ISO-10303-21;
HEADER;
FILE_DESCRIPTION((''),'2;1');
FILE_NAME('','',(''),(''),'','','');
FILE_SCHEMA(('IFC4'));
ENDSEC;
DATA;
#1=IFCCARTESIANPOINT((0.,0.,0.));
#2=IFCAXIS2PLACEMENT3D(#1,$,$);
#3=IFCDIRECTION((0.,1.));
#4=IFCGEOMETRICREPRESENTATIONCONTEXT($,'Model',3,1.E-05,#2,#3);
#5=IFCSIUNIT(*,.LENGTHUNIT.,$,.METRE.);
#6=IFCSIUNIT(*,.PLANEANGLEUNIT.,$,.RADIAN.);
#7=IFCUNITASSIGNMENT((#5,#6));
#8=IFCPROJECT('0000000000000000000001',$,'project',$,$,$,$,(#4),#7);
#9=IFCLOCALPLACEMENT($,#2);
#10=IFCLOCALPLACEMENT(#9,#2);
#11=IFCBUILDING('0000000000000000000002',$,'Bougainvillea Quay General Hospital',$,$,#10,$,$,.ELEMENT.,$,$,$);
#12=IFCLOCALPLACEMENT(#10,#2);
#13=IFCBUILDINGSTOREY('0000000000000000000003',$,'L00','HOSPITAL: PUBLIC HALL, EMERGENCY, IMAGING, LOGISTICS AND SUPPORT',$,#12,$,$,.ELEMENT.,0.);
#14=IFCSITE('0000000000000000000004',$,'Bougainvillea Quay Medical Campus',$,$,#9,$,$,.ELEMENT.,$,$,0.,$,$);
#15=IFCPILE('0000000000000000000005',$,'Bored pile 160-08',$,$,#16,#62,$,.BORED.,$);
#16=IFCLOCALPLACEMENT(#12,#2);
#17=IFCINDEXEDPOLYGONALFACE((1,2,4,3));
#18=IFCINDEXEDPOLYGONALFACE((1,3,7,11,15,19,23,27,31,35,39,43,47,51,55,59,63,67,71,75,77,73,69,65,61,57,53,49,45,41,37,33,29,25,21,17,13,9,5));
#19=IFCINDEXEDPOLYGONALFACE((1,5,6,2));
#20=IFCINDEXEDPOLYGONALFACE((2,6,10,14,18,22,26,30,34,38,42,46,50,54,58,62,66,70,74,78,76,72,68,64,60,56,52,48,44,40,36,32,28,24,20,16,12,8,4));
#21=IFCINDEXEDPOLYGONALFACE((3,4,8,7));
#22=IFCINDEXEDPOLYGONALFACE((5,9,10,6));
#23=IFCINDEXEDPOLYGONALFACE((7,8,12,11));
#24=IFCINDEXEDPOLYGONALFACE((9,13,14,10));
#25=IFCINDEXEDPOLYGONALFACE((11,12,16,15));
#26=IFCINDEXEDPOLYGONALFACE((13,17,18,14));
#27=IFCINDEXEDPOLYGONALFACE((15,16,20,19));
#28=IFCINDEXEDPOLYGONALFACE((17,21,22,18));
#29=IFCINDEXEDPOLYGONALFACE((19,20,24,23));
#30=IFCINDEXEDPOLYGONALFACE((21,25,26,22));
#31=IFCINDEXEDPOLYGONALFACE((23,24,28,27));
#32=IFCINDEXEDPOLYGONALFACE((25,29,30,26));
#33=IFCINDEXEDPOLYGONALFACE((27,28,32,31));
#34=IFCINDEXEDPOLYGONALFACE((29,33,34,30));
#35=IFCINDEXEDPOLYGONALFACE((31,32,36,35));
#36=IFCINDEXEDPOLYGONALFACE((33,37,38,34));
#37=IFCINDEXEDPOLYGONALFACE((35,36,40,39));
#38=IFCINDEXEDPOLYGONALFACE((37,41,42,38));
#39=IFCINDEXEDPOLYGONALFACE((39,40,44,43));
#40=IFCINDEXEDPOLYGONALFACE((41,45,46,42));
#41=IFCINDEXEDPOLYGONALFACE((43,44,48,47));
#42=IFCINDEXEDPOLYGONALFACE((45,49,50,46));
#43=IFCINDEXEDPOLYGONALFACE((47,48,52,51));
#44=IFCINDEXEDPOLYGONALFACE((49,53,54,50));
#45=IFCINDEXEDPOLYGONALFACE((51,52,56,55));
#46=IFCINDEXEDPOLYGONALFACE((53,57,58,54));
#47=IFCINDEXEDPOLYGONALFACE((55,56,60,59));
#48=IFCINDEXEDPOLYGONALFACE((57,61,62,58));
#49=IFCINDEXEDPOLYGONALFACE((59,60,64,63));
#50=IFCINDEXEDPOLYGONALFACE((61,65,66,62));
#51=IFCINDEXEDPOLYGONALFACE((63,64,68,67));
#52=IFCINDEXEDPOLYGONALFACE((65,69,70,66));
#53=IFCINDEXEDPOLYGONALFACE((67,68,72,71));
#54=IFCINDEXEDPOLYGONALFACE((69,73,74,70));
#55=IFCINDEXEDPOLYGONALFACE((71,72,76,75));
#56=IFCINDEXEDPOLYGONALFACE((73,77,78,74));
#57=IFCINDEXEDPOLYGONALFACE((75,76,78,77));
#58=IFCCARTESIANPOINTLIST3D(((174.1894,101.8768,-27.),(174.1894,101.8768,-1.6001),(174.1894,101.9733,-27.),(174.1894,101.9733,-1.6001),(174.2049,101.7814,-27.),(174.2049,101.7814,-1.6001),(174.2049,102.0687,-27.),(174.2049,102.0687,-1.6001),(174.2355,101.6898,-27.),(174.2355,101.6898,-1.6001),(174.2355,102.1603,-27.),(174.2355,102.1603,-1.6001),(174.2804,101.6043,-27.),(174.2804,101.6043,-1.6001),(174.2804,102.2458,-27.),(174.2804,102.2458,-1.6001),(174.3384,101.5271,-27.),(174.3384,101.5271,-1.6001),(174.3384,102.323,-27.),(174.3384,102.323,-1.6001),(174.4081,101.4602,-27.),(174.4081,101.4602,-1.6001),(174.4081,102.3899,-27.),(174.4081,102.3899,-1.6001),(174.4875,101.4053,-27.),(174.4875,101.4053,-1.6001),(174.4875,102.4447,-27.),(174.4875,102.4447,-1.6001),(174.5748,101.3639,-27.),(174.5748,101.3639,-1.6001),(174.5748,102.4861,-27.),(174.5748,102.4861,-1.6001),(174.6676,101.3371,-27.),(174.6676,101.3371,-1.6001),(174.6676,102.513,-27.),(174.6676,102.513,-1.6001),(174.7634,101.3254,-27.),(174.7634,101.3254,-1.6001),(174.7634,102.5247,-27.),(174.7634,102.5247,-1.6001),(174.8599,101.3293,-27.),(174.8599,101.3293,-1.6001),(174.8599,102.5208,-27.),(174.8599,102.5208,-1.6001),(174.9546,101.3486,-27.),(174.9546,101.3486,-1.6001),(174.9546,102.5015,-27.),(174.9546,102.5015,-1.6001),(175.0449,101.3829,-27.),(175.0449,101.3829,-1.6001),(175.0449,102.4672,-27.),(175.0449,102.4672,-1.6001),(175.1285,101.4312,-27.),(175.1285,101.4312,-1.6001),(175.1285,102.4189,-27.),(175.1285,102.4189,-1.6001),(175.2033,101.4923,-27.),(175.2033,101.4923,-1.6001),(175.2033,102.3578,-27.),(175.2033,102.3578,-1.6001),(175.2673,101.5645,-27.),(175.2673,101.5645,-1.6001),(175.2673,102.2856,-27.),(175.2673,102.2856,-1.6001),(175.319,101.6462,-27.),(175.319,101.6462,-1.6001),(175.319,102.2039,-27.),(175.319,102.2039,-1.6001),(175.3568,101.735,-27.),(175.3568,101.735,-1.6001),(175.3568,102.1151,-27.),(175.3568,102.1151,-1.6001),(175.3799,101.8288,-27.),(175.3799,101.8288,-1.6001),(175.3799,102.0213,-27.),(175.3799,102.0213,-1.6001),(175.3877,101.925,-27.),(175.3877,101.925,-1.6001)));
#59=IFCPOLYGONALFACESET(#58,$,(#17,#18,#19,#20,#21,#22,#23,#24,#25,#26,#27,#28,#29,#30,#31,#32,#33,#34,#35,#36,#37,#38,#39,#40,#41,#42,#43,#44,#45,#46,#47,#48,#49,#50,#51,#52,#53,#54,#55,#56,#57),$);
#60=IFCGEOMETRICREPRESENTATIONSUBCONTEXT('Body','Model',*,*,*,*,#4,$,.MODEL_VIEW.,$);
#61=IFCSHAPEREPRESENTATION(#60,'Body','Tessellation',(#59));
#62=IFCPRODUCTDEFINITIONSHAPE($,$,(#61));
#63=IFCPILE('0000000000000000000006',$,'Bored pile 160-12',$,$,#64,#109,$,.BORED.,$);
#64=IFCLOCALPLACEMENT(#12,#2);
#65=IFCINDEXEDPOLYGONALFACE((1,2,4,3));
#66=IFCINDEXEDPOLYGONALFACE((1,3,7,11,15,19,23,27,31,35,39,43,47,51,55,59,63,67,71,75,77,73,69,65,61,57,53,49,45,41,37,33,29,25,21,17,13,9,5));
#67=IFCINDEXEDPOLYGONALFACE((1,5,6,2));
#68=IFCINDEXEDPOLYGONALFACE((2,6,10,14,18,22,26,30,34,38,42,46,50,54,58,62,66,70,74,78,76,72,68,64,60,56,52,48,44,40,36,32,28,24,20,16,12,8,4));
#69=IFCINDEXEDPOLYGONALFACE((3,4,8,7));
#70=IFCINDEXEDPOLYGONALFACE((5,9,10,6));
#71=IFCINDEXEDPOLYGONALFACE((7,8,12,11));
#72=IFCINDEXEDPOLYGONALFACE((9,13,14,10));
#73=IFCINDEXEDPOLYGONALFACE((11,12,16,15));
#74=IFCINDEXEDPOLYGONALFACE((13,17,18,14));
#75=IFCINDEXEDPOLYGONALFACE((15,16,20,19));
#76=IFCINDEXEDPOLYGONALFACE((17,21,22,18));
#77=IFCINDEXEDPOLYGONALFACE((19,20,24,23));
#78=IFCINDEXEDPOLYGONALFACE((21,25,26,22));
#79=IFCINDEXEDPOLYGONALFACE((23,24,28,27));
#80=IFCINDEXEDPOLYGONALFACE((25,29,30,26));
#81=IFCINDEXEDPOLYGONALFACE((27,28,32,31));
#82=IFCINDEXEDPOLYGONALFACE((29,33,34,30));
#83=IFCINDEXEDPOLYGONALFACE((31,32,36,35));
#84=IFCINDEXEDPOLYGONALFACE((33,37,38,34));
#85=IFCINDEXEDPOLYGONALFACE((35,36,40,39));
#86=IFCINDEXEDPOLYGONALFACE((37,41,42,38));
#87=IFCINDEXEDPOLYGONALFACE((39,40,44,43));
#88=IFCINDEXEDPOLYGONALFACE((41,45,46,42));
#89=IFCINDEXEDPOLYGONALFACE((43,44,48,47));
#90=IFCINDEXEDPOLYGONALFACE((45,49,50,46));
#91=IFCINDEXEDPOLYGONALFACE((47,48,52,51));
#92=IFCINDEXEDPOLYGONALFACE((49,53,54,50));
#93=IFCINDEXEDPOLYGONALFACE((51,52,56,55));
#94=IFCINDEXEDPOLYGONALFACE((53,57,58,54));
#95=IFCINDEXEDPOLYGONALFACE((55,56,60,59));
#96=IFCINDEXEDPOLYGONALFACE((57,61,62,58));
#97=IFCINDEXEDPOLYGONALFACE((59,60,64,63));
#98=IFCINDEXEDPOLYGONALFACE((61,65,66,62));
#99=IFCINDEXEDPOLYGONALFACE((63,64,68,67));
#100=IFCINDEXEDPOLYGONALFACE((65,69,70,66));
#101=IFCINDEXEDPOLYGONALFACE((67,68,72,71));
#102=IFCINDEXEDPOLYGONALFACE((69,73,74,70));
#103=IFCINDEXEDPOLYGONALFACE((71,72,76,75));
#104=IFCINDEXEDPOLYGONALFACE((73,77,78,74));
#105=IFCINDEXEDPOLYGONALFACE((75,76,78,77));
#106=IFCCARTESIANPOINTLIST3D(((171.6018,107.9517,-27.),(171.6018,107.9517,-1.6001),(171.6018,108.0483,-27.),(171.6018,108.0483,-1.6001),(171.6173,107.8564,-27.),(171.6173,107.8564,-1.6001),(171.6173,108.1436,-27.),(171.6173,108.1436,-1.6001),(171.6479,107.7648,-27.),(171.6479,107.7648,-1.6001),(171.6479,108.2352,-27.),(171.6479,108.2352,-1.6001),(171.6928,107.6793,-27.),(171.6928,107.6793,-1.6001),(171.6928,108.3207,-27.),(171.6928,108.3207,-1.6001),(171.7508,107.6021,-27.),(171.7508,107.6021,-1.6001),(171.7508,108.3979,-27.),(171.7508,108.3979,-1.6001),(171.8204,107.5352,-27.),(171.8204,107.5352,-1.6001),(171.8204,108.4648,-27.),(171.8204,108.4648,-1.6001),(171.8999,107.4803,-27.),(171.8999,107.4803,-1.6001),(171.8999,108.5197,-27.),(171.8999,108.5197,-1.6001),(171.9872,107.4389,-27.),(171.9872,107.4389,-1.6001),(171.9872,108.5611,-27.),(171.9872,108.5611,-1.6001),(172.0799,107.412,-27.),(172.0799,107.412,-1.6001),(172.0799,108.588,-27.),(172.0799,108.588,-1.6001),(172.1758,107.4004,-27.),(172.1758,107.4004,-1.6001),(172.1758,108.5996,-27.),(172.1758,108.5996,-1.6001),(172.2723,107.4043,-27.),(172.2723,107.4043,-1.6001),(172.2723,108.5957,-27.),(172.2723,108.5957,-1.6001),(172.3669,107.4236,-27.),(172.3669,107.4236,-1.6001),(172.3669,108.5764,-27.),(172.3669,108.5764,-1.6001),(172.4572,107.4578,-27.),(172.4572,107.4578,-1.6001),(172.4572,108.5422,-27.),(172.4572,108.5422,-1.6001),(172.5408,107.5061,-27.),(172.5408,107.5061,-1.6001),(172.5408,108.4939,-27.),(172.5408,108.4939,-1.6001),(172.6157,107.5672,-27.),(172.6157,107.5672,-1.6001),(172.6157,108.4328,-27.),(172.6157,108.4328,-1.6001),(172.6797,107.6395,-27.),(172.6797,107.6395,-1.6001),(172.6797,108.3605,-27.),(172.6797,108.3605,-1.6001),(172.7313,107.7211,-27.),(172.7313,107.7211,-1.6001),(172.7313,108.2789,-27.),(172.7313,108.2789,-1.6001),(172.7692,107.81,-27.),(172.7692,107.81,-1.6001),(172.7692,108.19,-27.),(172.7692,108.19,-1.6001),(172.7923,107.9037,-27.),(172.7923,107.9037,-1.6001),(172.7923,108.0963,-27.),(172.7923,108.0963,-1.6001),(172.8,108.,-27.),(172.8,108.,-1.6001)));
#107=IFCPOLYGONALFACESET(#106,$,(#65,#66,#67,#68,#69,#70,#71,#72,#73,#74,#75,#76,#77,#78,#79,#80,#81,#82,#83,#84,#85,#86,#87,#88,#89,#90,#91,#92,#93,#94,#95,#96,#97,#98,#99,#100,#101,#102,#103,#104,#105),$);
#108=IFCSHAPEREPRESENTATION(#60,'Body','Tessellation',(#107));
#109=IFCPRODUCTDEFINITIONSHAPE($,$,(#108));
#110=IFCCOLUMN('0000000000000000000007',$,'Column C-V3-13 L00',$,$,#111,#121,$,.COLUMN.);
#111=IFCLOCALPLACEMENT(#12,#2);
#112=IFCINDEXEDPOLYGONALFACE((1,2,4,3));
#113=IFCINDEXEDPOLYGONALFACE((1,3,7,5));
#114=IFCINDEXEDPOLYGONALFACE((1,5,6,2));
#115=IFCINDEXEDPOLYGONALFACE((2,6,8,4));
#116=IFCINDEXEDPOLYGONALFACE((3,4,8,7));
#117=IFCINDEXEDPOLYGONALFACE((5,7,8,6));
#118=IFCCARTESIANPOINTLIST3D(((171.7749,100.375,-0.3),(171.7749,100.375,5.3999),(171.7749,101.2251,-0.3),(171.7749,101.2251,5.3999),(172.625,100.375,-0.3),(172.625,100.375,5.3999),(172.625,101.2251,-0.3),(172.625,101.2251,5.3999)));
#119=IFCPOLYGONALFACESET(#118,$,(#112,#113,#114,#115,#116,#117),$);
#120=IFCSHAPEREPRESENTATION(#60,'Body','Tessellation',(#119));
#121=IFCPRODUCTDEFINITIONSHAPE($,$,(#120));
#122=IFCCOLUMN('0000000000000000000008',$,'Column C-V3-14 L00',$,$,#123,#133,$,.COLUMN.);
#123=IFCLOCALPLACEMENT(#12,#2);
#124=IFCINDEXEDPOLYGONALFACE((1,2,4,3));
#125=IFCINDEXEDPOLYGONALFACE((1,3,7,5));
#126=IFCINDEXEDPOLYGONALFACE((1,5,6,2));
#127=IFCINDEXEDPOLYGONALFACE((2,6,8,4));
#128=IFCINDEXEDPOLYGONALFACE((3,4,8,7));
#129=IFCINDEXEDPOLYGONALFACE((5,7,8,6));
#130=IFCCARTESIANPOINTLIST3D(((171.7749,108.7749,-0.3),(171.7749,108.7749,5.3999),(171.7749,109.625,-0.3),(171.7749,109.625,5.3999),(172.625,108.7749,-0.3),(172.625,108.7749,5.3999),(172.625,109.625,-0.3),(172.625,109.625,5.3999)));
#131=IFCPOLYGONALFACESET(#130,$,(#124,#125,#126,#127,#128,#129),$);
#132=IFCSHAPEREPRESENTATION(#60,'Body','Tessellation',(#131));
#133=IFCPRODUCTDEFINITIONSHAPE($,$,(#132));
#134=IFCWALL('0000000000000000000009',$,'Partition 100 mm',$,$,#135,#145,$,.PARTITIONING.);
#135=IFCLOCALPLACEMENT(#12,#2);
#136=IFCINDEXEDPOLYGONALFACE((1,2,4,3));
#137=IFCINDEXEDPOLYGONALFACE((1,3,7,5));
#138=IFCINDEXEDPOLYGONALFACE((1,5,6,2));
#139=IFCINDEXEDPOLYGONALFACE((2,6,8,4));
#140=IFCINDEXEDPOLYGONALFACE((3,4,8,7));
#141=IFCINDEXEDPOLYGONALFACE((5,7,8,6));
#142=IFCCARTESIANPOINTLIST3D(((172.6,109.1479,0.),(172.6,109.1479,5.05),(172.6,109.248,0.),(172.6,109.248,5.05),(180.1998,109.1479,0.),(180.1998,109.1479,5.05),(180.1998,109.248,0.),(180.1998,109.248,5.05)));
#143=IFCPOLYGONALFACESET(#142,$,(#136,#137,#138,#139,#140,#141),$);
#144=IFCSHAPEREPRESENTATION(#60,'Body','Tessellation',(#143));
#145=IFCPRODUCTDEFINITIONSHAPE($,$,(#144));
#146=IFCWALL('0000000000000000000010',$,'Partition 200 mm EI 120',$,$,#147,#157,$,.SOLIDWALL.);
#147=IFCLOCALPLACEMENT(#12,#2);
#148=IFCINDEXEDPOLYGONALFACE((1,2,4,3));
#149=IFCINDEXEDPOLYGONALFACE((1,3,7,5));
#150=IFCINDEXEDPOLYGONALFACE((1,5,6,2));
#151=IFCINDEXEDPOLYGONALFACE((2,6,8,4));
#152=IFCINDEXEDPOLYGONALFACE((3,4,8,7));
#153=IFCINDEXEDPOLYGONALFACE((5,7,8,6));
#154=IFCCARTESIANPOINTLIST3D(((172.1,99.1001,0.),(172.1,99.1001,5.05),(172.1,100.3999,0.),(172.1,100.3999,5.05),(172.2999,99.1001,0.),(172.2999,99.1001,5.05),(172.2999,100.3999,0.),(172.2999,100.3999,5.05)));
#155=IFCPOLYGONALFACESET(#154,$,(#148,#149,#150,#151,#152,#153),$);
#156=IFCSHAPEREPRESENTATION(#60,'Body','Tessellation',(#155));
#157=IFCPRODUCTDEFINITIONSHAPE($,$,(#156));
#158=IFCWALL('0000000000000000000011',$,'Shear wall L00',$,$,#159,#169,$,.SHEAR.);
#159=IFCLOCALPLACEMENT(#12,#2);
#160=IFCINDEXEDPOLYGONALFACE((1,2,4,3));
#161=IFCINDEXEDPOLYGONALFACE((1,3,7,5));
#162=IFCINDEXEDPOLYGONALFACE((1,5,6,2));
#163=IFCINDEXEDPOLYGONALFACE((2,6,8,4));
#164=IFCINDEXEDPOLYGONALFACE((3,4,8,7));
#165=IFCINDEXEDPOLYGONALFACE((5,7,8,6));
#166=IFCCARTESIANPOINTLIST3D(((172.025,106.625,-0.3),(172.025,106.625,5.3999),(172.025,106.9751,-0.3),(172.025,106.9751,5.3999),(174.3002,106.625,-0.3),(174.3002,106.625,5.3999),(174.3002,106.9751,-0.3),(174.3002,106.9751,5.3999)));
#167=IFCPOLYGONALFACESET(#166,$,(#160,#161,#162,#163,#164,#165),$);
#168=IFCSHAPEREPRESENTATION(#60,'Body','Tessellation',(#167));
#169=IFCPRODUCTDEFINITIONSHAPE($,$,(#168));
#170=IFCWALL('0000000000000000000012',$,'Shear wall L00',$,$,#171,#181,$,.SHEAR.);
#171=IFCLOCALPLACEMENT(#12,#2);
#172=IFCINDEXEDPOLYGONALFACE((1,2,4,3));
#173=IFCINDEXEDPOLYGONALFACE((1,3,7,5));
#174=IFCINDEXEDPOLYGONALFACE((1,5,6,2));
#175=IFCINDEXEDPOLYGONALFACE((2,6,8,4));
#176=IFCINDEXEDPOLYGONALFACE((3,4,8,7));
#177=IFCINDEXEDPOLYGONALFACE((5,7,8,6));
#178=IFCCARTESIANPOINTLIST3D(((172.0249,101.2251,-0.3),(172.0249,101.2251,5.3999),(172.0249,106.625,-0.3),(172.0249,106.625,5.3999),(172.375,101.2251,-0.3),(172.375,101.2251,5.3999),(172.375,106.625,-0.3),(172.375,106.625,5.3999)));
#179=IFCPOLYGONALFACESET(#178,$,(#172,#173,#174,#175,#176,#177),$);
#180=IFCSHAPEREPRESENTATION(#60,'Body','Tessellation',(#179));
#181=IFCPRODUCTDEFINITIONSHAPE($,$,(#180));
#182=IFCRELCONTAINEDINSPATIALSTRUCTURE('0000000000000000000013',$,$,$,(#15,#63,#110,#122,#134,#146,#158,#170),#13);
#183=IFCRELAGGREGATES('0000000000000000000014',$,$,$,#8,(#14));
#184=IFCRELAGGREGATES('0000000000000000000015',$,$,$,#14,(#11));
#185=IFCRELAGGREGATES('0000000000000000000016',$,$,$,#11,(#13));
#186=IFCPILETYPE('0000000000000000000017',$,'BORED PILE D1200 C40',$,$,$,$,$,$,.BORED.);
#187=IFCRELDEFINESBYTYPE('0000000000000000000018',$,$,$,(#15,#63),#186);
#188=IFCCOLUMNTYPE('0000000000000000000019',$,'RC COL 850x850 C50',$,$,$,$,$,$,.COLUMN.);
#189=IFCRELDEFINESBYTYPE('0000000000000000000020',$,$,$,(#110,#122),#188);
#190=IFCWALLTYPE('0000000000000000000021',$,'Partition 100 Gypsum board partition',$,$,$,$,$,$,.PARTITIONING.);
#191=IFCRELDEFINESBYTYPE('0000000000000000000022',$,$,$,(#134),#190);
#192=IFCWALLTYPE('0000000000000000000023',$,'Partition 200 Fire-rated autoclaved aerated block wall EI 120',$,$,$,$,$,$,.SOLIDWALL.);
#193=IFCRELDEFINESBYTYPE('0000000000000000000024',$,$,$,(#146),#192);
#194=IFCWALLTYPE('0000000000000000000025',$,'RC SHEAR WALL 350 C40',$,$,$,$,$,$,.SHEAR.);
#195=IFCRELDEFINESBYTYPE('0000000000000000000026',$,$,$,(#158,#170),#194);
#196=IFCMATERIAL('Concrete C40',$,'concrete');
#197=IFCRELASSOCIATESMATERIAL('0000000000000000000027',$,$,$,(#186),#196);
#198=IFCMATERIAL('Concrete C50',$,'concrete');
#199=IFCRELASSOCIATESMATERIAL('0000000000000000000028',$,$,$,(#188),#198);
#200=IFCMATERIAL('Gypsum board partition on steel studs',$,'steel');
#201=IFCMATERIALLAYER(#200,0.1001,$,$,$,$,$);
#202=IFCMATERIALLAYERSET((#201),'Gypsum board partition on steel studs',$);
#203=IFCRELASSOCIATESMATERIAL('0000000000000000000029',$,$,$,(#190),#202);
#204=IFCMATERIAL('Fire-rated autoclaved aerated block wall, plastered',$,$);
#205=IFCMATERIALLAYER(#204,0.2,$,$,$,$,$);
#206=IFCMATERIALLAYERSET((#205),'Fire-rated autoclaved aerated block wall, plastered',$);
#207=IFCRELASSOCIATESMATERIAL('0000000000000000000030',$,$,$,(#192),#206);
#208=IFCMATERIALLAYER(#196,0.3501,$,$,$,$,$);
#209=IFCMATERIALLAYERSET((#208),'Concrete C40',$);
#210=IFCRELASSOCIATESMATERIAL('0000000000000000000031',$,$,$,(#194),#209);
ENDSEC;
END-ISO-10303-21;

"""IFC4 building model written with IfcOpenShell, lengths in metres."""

from ifc_helpers import new_model, si_unit, direction, frame, frame_2d, origin, origin_2d, place, context, subcontext, project, spatial, rectangle, circle, extrude, material, layer, layer_set, material_profile, profile_set, type_object, element, save


model = new_model("IFC4")

# Units and contexts
model_context = context("Model", 3, precision=1e-05, world=origin(), true_north=direction((0.0, 1.0)))
body_context = subcontext(model_context, "Body", "Model", "MODEL_VIEW")
ifc_project = project(units=[si_unit("LENGTHUNIT", "METRE"), si_unit("PLANEANGLEUNIT", "RADIAN")], contexts=[model_context])

# Site, building, storey
site_placement = place(None, origin())
site = spatial("IfcSite", under=ifc_project, at=site_placement, Name="Bougainvillea Quay Medical Campus", CompositionType="ELEMENT", RefElevation=0.0)
building_placement = place(site_placement, origin())
building = spatial("IfcBuilding", under=site, at=building_placement, Name="Bougainvillea Quay General Hospital", CompositionType="ELEMENT")
storey_placement = place(building_placement, origin())
storey = spatial("IfcBuildingStorey", under=building, at=storey_placement, Name="L00", Description="HOSPITAL: PUBLIC HALL, EMERGENCY, IMAGING, LOGISTICS AND SUPPORT", CompositionType="ELEMENT", Elevation=0.0)

# Piles
ifc_material_1 = material(Name="Concrete C40", Category="concrete")
ifc_material_profile_1 = material_profile(ifc_material_1, circle(Radius=0.6001, at=origin_2d()))
ifc_profile_set_1 = profile_set([ifc_material_profile_1], Name="Concrete C40")
pile_type = type_object("IfcPileType", Name="BORED PILE D1200 C40", PredefinedType="BORED", material=ifc_profile_set_1)
for number, where, z_axis, x_axis, name in (
    (1, (174.7876, 101.925, -1.6001), (0.0, 0.0, -1.0), (1.0, 0.0, 0.0), "Bored pile 160-08"),
    (2, (172.2, 108.0, -1.6001), (0.0, 0.0, -1.0), (1.0, 0.0, 0.0), "Bored pile 160-12"),
):
    element("IfcPile", number, at=place(storey_placement, frame(where, z_axis=z_axis, x_axis=x_axis)), inside=storey, type_object=pile_type, Name=name, PredefinedType="BORED", context=body_context, shape_type="SweptSolid", body=[
        extrude(circle(Radius=0.6001, at=origin_2d()), origin(), (0.0, 0.0, 1.0), 25.3999),
    ])

# Columns
ifc_material_2 = material(Name="Concrete C50", Category="concrete")
ifc_material_profile_2 = material_profile(ifc_material_2, rectangle(XDim=0.8501, YDim=0.8501, at=origin_2d()))
ifc_profile_set_2 = profile_set([ifc_material_profile_2], Name="Concrete C50")
column_type = type_object("IfcColumnType", Name="RC COL 850x850 C50", PredefinedType="COLUMN", material=ifc_profile_set_2)
for number, where, z_axis, x_axis, name in (
    (3, (172.2, 100.8, -0.3), (0.0, 0.0, 1.0), (1.0, 0.0, 0.0), "Column C-V3-13 L00"),
    (4, (172.2, 109.2, -0.3), (0.0, 0.0, 1.0), (1.0, 0.0, 0.0), "Column C-V3-14 L00"),
):
    element("IfcColumn", number, at=place(storey_placement, frame(where, z_axis=z_axis, x_axis=x_axis)), inside=storey, type_object=column_type, Name=name, PredefinedType="COLUMN", context=body_context, shape_type="SweptSolid", body=[
        extrude(rectangle(XDim=0.8501, YDim=0.8501, at=origin_2d()), origin(), (0.0, 0.0, 1.0), 5.7),
    ])

# Walls
ifc_material_3 = material(Name="Gypsum board partition on steel studs", Category="steel")
ifc_layer_1 = layer(ifc_material_3, 0.1001)
ifc_layer_set_1 = layer_set([ifc_layer_1], Name="Gypsum board partition on steel studs")
wall_type_1 = type_object("IfcWallType", Name="Partition 100 Gypsum board partition", PredefinedType="PARTITIONING", material=ifc_layer_set_1)
wall_1_placement = place(storey_placement, frame((172.6001, 109.198, 0.0), z_axis=(0.0, 0.0, 1.0), x_axis=(1.0, 0.0, 0.0)))
element("IfcWall", 5, at=wall_1_placement, inside=storey, type_object=wall_type_1, Name="Partition 100 mm", PredefinedType="PARTITIONING", context=body_context, shape_type="SweptSolid", body=[
    extrude(rectangle(XDim=7.5999, YDim=0.1001, at=frame_2d((3.7998, 0.0))), origin(), (0.0, 0.0, 1.0), 5.05),
])
ifc_material_4 = material(Name="Fire-rated autoclaved aerated block wall, plastered")
ifc_layer_2 = layer(ifc_material_4, 0.2)
ifc_layer_set_2 = layer_set([ifc_layer_2], Name="Fire-rated autoclaved aerated block wall, plastered")
wall_type_2 = type_object("IfcWallType", Name="Partition 200 Fire-rated autoclaved aerated block wall EI 120", PredefinedType="SOLIDWALL", material=ifc_layer_set_2)
wall_2_placement = place(storey_placement, frame((172.2, 99.1001, 0.0), z_axis=(0.0, 0.0, 1.0), x_axis=(0.0, 1.0, 0.0)))
element("IfcWall", 6, at=wall_2_placement, inside=storey, type_object=wall_type_2, Name="Partition 200 mm EI 120", PredefinedType="SOLIDWALL", context=body_context, shape_type="SweptSolid", body=[
    extrude(rectangle(XDim=1.2998, YDim=0.2, at=frame_2d((0.6499, 0.0))), origin(), (0.0, 0.0, 1.0), 5.05),
])
ifc_layer_3 = layer(ifc_material_1, 0.3501)
ifc_layer_set_3 = layer_set([ifc_layer_3], Name="Concrete C40")
wall_type_3 = type_object("IfcWallType", Name="RC SHEAR WALL 350 C40", PredefinedType="SHEAR", material=ifc_layer_set_3)
wall_3_placement = place(storey_placement, frame((172.0249, 106.8, -0.3), z_axis=(0.0, 0.0, 1.0), x_axis=(1.0, 0.0, 0.0)))
element("IfcWall", 7, at=wall_3_placement, inside=storey, type_object=wall_type_3, Name="Shear wall L00", PredefinedType="SHEAR", context=body_context, shape_type="SweptSolid", body=[
    extrude(rectangle(XDim=2.2751, YDim=0.3501, at=frame_2d((1.1377, 0.0))), origin(), (0.0, 0.0, 1.0), 5.7),
])
wall_4_placement = place(storey_placement, frame((172.2, 101.2251, -0.3), z_axis=(0.0, 0.0, 1.0), x_axis=(0.0, 1.0, 0.0)))
element("IfcWall", 8, at=wall_4_placement, inside=storey, type_object=wall_type_3, Name="Shear wall L00", PredefinedType="SHEAR", context=body_context, shape_type="SweptSolid", body=[
    extrude(rectangle(XDim=5.3999, YDim=0.3501, at=frame_2d((2.7, 0.0))), origin(), (0.0, 0.0, 1.0), 5.7),
])

save(model, "model.ifc")
